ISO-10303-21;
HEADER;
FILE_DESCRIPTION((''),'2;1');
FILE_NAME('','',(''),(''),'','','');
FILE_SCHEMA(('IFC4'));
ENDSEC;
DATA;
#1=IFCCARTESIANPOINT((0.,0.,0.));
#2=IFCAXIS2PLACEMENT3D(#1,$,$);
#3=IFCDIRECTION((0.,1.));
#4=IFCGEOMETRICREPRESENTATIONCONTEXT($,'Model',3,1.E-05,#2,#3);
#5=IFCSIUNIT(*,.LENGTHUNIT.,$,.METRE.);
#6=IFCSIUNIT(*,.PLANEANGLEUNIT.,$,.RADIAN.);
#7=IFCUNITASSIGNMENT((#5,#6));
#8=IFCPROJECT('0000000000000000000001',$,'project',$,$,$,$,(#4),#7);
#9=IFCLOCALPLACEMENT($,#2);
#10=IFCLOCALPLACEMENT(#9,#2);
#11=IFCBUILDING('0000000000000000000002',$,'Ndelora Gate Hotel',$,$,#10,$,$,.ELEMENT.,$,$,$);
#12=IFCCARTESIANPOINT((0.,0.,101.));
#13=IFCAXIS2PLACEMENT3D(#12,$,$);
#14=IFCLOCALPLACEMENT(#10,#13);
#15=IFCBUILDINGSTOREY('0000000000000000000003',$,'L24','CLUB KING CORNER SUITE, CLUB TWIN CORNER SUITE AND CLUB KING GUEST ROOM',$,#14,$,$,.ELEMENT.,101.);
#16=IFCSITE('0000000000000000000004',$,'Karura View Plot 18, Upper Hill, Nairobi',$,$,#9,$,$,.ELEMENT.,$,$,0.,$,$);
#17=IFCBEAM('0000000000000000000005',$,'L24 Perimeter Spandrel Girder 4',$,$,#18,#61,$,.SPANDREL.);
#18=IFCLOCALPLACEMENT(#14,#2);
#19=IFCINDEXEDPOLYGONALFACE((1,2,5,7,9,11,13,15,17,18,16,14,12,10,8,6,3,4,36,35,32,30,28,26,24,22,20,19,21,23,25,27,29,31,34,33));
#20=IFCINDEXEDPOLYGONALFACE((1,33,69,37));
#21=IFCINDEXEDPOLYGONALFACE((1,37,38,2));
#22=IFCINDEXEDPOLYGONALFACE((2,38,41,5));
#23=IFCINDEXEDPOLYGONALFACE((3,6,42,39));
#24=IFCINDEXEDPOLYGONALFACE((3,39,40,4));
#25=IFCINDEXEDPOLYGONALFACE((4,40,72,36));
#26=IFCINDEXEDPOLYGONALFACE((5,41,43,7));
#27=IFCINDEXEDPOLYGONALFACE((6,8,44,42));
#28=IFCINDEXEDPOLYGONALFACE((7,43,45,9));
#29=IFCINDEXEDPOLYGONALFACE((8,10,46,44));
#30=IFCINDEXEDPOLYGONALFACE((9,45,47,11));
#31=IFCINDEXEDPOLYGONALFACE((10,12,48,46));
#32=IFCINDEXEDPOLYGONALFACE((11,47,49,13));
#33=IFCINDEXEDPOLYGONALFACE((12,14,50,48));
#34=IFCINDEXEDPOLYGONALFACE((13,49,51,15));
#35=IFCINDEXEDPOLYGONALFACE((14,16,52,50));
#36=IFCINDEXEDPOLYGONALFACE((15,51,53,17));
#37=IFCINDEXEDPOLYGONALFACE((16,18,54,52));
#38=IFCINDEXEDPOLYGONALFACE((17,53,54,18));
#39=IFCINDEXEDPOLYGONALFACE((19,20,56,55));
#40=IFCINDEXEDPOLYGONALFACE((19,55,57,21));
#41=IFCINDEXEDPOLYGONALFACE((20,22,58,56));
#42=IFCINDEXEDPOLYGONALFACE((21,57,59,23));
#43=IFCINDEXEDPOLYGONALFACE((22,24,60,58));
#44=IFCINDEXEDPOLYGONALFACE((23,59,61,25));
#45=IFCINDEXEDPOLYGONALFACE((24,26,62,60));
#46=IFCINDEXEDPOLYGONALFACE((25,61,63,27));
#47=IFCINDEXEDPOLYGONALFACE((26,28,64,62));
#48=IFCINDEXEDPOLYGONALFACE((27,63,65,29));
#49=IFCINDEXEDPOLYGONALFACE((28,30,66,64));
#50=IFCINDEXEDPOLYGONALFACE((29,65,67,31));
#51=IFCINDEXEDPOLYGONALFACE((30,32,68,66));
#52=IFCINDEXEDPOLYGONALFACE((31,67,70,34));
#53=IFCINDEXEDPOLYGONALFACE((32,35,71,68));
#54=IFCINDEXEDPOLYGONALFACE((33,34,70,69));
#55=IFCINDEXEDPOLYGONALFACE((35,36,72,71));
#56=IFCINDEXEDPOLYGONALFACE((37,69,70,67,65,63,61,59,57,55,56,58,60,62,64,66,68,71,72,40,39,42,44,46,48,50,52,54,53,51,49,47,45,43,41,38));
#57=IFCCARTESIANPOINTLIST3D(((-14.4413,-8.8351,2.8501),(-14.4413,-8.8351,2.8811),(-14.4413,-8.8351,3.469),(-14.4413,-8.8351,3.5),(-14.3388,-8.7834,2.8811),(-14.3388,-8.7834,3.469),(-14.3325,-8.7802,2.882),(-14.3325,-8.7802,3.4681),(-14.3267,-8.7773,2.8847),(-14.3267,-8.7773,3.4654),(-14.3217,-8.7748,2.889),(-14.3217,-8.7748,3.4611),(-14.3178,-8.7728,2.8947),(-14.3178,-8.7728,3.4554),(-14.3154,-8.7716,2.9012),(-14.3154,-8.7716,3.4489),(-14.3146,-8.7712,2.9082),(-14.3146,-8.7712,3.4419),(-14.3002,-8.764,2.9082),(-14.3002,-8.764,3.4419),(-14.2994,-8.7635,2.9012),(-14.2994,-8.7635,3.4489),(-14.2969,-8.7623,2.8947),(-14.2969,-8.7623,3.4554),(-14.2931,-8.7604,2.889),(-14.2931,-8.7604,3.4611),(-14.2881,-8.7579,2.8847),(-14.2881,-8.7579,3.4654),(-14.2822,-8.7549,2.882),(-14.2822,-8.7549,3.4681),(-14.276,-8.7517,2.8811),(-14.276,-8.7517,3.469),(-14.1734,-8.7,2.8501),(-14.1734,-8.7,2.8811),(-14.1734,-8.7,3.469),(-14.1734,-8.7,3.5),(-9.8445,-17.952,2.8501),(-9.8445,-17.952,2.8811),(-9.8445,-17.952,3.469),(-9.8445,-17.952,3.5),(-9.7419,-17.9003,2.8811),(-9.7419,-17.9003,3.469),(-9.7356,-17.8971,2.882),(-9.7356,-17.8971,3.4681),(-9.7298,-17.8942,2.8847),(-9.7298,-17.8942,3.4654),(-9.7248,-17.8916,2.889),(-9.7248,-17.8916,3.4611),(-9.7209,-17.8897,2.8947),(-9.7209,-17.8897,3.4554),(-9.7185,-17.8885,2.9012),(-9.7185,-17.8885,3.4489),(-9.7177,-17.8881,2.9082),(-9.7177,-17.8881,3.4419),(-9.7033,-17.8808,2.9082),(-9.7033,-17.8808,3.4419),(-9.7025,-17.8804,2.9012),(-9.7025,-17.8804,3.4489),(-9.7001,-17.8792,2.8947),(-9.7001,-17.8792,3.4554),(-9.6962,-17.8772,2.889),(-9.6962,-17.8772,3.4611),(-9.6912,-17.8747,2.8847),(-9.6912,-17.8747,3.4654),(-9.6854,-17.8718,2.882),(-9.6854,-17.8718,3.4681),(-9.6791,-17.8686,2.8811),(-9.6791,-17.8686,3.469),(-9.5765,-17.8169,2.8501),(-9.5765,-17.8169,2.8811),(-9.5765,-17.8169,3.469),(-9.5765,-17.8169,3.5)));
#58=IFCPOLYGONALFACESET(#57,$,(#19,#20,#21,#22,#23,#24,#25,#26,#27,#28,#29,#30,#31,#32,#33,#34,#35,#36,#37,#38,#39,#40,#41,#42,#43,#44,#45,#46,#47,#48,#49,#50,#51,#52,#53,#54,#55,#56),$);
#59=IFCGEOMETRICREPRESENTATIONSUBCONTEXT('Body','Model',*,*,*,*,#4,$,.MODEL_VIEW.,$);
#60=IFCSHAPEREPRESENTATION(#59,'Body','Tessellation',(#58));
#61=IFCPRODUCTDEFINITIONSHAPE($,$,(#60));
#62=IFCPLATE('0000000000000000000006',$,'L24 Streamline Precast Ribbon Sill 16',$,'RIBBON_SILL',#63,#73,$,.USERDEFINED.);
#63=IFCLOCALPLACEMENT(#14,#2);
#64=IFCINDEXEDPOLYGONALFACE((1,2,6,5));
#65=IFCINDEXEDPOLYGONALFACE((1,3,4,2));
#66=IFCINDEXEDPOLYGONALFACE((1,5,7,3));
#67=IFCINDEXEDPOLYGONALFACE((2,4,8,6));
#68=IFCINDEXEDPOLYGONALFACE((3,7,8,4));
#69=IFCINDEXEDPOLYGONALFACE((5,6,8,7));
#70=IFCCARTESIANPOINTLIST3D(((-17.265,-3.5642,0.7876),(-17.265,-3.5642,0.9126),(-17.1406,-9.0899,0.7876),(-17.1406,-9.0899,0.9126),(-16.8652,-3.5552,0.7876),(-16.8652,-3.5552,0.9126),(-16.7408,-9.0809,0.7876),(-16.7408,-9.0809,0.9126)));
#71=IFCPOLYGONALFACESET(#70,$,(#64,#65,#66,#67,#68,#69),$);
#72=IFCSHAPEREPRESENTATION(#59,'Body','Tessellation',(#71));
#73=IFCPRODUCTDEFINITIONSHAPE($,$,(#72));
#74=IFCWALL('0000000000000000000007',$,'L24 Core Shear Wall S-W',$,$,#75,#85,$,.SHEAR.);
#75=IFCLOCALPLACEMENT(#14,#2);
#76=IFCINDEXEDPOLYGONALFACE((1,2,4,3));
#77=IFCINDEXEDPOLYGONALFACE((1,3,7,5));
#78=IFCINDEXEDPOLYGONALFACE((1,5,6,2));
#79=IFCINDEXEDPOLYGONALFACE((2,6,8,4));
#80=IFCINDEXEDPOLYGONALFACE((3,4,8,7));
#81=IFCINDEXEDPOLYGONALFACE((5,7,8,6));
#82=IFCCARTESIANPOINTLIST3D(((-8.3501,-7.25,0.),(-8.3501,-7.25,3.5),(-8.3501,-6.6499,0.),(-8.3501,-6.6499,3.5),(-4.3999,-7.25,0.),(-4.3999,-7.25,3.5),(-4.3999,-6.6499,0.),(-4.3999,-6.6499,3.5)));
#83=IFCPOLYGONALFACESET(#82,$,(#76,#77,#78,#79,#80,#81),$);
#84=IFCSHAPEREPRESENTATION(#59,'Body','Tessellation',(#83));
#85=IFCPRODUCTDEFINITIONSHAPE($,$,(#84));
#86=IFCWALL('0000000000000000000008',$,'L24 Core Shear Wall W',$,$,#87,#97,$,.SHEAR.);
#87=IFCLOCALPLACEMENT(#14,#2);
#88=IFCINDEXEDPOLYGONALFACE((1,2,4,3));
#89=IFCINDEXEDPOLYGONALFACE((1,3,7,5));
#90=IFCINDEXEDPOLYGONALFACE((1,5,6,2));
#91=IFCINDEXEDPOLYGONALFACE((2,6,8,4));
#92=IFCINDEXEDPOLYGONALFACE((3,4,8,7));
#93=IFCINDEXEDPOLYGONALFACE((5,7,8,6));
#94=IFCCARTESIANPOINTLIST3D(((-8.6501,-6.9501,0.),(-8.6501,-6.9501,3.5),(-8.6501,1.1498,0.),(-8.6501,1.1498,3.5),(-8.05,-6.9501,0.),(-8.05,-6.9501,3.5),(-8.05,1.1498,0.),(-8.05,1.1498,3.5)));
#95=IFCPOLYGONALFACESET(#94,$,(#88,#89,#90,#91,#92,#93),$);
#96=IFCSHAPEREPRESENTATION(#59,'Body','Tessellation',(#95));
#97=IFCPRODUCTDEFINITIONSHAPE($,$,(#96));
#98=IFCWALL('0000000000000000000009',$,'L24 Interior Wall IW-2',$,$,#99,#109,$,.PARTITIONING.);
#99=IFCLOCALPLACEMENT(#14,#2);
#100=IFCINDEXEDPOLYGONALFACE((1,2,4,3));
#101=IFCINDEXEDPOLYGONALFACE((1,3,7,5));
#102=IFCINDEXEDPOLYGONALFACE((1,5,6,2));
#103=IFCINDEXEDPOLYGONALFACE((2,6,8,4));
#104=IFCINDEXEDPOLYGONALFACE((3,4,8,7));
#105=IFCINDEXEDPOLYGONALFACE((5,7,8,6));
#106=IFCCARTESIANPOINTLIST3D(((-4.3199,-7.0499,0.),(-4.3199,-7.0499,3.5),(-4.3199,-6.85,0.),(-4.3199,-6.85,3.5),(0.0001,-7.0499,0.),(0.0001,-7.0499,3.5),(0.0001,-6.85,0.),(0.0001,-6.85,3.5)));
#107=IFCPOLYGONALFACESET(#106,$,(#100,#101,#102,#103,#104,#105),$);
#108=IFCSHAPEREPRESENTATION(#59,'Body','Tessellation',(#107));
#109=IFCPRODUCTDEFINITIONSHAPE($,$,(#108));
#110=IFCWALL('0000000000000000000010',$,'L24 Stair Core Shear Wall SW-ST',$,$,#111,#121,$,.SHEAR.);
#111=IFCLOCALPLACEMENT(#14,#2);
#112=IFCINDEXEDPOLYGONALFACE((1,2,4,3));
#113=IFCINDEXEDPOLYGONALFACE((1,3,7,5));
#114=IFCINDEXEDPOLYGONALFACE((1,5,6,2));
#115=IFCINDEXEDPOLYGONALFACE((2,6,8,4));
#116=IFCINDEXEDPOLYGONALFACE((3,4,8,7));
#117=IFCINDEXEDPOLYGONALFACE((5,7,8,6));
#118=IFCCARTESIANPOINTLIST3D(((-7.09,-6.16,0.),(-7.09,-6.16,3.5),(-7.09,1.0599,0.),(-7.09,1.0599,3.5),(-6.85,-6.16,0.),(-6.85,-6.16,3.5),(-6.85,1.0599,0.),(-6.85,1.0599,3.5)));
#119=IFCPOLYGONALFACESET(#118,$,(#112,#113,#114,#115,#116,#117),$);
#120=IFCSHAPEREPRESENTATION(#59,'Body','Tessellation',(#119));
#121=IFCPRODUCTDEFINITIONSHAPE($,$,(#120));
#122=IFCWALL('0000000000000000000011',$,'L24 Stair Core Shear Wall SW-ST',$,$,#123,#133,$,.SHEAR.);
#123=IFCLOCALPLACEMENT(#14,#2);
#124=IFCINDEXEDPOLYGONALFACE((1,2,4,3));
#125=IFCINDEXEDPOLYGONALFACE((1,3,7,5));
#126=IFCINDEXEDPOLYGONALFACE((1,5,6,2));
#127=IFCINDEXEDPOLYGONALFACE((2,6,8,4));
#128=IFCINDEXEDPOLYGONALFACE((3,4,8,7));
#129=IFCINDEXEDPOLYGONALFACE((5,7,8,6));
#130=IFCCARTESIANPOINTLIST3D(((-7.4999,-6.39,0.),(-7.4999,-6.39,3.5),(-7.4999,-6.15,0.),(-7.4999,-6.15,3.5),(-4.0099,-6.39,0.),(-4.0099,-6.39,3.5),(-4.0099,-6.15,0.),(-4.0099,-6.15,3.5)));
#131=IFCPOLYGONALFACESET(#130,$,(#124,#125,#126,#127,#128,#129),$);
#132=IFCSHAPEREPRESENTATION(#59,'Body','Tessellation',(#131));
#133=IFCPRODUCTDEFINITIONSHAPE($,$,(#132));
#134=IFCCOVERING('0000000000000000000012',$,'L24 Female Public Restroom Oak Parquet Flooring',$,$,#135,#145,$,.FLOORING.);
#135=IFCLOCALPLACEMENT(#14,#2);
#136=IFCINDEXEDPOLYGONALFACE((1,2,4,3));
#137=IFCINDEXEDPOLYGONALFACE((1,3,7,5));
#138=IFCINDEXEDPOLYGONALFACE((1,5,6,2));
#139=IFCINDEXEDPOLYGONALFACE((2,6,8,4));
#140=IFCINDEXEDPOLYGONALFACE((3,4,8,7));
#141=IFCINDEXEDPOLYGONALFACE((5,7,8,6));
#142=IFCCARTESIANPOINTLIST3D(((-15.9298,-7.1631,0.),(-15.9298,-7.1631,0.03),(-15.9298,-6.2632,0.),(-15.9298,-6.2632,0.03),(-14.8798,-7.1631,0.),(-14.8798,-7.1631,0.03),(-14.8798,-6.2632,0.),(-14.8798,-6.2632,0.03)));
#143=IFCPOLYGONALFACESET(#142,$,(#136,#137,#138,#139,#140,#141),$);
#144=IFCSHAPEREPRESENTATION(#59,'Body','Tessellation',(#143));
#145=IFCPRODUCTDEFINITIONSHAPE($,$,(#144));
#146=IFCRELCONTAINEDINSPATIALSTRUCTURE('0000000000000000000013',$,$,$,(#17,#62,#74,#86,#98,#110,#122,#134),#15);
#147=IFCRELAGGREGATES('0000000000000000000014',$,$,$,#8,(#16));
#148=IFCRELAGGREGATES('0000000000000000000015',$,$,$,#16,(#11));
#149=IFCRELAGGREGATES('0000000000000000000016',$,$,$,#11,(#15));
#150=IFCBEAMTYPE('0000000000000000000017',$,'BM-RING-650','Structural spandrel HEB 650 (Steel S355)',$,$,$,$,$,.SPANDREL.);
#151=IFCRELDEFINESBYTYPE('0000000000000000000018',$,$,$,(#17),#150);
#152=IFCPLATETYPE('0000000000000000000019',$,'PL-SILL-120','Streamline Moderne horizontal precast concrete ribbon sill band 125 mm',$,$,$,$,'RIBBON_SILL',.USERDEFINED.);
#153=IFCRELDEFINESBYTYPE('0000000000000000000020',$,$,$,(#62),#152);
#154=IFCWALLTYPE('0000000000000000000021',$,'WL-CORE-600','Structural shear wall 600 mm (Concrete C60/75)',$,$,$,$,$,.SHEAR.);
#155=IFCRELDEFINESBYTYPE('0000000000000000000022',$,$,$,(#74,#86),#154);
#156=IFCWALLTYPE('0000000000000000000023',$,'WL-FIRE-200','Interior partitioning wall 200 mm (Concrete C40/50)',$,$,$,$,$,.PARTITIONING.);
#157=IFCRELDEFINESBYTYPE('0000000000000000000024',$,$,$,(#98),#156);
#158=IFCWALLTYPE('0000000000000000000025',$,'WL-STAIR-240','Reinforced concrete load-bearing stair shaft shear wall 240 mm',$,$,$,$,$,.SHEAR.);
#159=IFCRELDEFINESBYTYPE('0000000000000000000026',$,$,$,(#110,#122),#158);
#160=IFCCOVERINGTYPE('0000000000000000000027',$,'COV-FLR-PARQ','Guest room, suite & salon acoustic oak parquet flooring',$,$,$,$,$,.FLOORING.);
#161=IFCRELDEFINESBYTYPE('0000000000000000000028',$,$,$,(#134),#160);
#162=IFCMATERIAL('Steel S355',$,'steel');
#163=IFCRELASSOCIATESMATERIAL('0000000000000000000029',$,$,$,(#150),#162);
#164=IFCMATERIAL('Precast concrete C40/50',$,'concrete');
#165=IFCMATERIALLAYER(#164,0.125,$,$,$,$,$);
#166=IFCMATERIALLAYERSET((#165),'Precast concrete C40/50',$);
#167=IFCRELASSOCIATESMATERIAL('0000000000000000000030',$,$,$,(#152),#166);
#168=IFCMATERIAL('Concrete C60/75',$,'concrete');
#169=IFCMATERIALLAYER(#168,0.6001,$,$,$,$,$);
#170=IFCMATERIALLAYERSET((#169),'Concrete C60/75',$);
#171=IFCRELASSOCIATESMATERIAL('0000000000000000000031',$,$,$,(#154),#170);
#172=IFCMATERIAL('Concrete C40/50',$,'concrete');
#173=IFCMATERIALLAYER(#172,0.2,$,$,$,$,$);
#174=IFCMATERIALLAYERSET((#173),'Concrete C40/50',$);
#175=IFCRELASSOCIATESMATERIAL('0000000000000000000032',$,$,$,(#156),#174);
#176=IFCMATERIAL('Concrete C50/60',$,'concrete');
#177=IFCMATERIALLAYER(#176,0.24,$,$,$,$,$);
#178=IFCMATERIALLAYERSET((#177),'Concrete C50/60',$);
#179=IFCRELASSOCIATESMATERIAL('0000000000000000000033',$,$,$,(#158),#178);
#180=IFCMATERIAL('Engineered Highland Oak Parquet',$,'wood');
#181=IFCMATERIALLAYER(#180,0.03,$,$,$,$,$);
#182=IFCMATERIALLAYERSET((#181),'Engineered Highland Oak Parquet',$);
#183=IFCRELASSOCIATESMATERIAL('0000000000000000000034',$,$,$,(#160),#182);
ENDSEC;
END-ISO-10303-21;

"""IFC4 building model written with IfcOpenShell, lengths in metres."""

from ifc_helpers import new_model, si_unit, direction, frame, frame_2d, origin, origin_2d, place, context, subcontext, project, spatial, rectangle, i_section, extrude, material, layer, layer_set, material_profile, profile_set, type_object, element, save


model = new_model("IFC4")

# Units and contexts
model_context = context("Model", 3, precision=1e-05, world=origin(), true_north=direction((0.0, 1.0)))
body_context = subcontext(model_context, "Body", "Model", "MODEL_VIEW")
ifc_project = project(units=[si_unit("LENGTHUNIT", "METRE"), si_unit("PLANEANGLEUNIT", "RADIAN")], contexts=[model_context])

# Site, building, storey
site_placement = place(None, origin())
site = spatial("IfcSite", under=ifc_project, at=site_placement, Name="Karura View Plot 18, Upper Hill, Nairobi", CompositionType="ELEMENT", RefElevation=0.0)
building_placement = place(site_placement, origin())
building = spatial("IfcBuilding", under=site, at=building_placement, Name="Ndelora Gate Hotel", CompositionType="ELEMENT")
storey_placement = place(building_placement, frame((0.0, 0.0, 101.0)))
storey = spatial("IfcBuildingStorey", under=building, at=storey_placement, Name="L24", Description="CLUB KING CORNER SUITE, CLUB TWIN CORNER SUITE AND CLUB KING GUEST ROOM", CompositionType="ELEMENT", Elevation=101.0)

# Shared definitions
ifc_material_1 = material(Name="Concrete C60/75", Category="concrete")

# Beam
ifc_material_2 = material(Name="Steel S355", Category="steel")
ifc_material_profile_1 = material_profile(ifc_material_2, i_section(OverallWidth=0.3, OverallDepth=0.6499, WebThickness=0.0161, FlangeThickness=0.031, FilletRadius=0.0271, at=origin_2d()), Name="HEB 650")
ifc_profile_set_1 = profile_set([ifc_material_profile_1], Name="Steel S355")
beam_type_1 = type_object("IfcBeamType", Name="BM-RING-650", Description="Structural spandrel HEB 650 (Steel S355)", PredefinedType="SPANDREL", material=ifc_profile_set_1)
beam_1_placement = place(storey_placement, frame((-14.3074, -8.7676, 3.175), z_axis=(0.450224, -0.892916, 0.0), x_axis=(0.892916, 0.450224, 0.0)))
element("IfcBeam", 1, at=beam_1_placement, inside=storey, type_object=beam_type_1, Name="L24 Perimeter Spandrel Girder 4", PredefinedType="SPANDREL", context=body_context, shape_type="SweptSolid", body=[
    extrude(i_section(OverallWidth=0.3, OverallDepth=0.6499, WebThickness=0.0161, FlangeThickness=0.031, FilletRadius=0.0271, at=origin_2d()), origin(), (0.0, 0.0, 1.0), 10.2102),
])

# Plate
ifc_material_3 = material(Name="Precast concrete C40/50", Category="concrete")
ifc_layer_1 = layer(ifc_material_3, 0.125)
ifc_layer_set_1 = layer_set([ifc_layer_1], Name="Precast concrete C40/50")
plate_type = type_object("IfcPlateType", Name="PL-SILL-120", Description="Streamline Moderne horizontal precast concrete ribbon sill band 125 mm", ElementType="RIBBON_SILL", PredefinedType="USERDEFINED", material=ifc_layer_set_1)
plate_placement = place(storey_placement, frame((-17.0029, -6.3225, 0.7876), z_axis=(0.0, 0.0, 1.0), x_axis=(-0.022513, 0.999747, 0.0)))
element("IfcPlate", 2, at=plate_placement, inside=storey, type_object=plate_type, Name="L24 Streamline Precast Ribbon Sill 16", ObjectType="RIBBON_SILL", PredefinedType="USERDEFINED", context=body_context, shape_type="SweptSolid", body=[
    extrude(rectangle(XDim=5.5271, YDim=0.3999, at=origin_2d()), origin(), (0.0, 0.0, 1.0), 0.125),
])

# Walls
ifc_layer_2 = layer(ifc_material_1, 0.6001)
ifc_layer_set_2 = layer_set([ifc_layer_2], Name="Concrete C60/75")
wall_type_1 = type_object("IfcWallType", Name="WL-CORE-600", Description="Structural shear wall 600 mm (Concrete C60/75)", PredefinedType="SHEAR", material=ifc_layer_set_2)
wall_1_placement = place(storey_placement, frame((-8.3501, -6.95, 0.0), z_axis=(0.0, 0.0, 1.0), x_axis=(1.0, 0.0, 0.0)))
element("IfcWall", 3, at=wall_1_placement, inside=storey, type_object=wall_type_1, Name="L24 Core Shear Wall S-W", PredefinedType="SHEAR", context=body_context, shape_type="SweptSolid", body=[
    extrude(rectangle(XDim=3.9502, YDim=0.6001, at=frame_2d((1.9751, 0.0))), origin(), (0.0, 0.0, 1.0), 3.5),
])
wall_2_placement = place(storey_placement, frame((-8.3501, -6.95, 0.0), z_axis=(0.0, 0.0, 1.0), x_axis=(0.0, 1.0, 0.0)))
element("IfcWall", 4, at=wall_2_placement, inside=storey, type_object=wall_type_1, Name="L24 Core Shear Wall W", PredefinedType="SHEAR", context=body_context, shape_type="SweptSolid", body=[
    extrude(rectangle(XDim=8.0999, YDim=0.6001, at=frame_2d((4.0498, 0.0))), origin(), (0.0, 0.0, 1.0), 3.5),
])
ifc_material_4 = material(Name="Concrete C40/50", Category="concrete")
ifc_layer_3 = layer(ifc_material_4, 0.2)
ifc_layer_set_3 = layer_set([ifc_layer_3], Name="Concrete C40/50")
wall_type_2 = type_object("IfcWallType", Name="WL-FIRE-200", Description="Interior partitioning wall 200 mm (Concrete C40/50)", PredefinedType="PARTITIONING", material=ifc_layer_set_3)
wall_3_placement = place(storey_placement, frame((-4.3201, -6.95, 0.0), z_axis=(0.0, 0.0, 1.0), x_axis=(1.0, 0.0, 0.0)))
element("IfcWall", 5, at=wall_3_placement, inside=storey, type_object=wall_type_2, Name="L24 Interior Wall IW-2", PredefinedType="PARTITIONING", context=body_context, shape_type="SweptSolid", body=[
    extrude(rectangle(XDim=4.3201, YDim=0.2, at=frame_2d((2.1602, 0.0))), origin(), (0.0, 0.0, 1.0), 3.5),
])

# Walls
ifc_material_5 = material(Name="Concrete C50/60", Category="concrete")
ifc_layer_4 = layer(ifc_material_5, 0.24)
ifc_layer_set_4 = layer_set([ifc_layer_4], Name="Concrete C50/60")
wall_type_3 = type_object("IfcWallType", Name="WL-STAIR-240", Description="Reinforced concrete load-bearing stair shaft shear wall 240 mm", PredefinedType="SHEAR", material=ifc_layer_set_4)
wall_4_placement = place(storey_placement, frame((-6.97, -6.1599, 0.0), z_axis=(0.0, 0.0, 1.0), x_axis=(0.0, 1.0, 0.0)))
element("IfcWall", 6, at=wall_4_placement, inside=storey, type_object=wall_type_3, Name="L24 Stair Core Shear Wall SW-ST", PredefinedType="SHEAR", context=body_context, shape_type="SweptSolid", body=[
    extrude(rectangle(XDim=7.22, YDim=0.24, at=frame_2d((3.6099, 0.0))), origin(), (0.0, 0.0, 1.0), 3.5),
])
wall_5_placement = place(storey_placement, frame((-7.5, -6.27, 0.0), z_axis=(0.0, 0.0, 1.0), x_axis=(1.0, 0.0, 0.0)))
element("IfcWall", 7, at=wall_5_placement, inside=storey, type_object=wall_type_3, Name="L24 Stair Core Shear Wall SW-ST", PredefinedType="SHEAR", context=body_context, shape_type="SweptSolid", body=[
    extrude(rectangle(XDim=3.49, YDim=0.24, at=frame_2d((1.7451, 0.0))), origin(), (0.0, 0.0, 1.0), 3.5),
])

# Covering
ifc_material_6 = material(Name="Engineered Highland Oak Parquet", Category="wood")
ifc_layer_5 = layer(ifc_material_6, 0.03)
ifc_layer_set_5 = layer_set([ifc_layer_5], Name="Engineered Highland Oak Parquet")
covering_type = type_object("IfcCoveringType", Name="COV-FLR-PARQ", Description="Guest room, suite & salon acoustic oak parquet flooring", PredefinedType="FLOORING", material=ifc_layer_set_5)
covering_placement = place(storey_placement, frame((-15.4048, -6.7131, 0.0), z_axis=(0.0, 0.0, 1.0), x_axis=(1.0, 0.0, 0.0)))
element("IfcCovering", 8, at=covering_placement, inside=storey, type_object=covering_type, Name="L24 Female Public Restroom Oak Parquet Flooring", PredefinedType="FLOORING", context=body_context, shape_type="SweptSolid", body=[
    extrude(rectangle(XDim=1.05, YDim=0.8999, at=origin_2d()), origin(), (0.0, 0.0, 1.0), 0.03),
])

save(model, "model.ifc")
